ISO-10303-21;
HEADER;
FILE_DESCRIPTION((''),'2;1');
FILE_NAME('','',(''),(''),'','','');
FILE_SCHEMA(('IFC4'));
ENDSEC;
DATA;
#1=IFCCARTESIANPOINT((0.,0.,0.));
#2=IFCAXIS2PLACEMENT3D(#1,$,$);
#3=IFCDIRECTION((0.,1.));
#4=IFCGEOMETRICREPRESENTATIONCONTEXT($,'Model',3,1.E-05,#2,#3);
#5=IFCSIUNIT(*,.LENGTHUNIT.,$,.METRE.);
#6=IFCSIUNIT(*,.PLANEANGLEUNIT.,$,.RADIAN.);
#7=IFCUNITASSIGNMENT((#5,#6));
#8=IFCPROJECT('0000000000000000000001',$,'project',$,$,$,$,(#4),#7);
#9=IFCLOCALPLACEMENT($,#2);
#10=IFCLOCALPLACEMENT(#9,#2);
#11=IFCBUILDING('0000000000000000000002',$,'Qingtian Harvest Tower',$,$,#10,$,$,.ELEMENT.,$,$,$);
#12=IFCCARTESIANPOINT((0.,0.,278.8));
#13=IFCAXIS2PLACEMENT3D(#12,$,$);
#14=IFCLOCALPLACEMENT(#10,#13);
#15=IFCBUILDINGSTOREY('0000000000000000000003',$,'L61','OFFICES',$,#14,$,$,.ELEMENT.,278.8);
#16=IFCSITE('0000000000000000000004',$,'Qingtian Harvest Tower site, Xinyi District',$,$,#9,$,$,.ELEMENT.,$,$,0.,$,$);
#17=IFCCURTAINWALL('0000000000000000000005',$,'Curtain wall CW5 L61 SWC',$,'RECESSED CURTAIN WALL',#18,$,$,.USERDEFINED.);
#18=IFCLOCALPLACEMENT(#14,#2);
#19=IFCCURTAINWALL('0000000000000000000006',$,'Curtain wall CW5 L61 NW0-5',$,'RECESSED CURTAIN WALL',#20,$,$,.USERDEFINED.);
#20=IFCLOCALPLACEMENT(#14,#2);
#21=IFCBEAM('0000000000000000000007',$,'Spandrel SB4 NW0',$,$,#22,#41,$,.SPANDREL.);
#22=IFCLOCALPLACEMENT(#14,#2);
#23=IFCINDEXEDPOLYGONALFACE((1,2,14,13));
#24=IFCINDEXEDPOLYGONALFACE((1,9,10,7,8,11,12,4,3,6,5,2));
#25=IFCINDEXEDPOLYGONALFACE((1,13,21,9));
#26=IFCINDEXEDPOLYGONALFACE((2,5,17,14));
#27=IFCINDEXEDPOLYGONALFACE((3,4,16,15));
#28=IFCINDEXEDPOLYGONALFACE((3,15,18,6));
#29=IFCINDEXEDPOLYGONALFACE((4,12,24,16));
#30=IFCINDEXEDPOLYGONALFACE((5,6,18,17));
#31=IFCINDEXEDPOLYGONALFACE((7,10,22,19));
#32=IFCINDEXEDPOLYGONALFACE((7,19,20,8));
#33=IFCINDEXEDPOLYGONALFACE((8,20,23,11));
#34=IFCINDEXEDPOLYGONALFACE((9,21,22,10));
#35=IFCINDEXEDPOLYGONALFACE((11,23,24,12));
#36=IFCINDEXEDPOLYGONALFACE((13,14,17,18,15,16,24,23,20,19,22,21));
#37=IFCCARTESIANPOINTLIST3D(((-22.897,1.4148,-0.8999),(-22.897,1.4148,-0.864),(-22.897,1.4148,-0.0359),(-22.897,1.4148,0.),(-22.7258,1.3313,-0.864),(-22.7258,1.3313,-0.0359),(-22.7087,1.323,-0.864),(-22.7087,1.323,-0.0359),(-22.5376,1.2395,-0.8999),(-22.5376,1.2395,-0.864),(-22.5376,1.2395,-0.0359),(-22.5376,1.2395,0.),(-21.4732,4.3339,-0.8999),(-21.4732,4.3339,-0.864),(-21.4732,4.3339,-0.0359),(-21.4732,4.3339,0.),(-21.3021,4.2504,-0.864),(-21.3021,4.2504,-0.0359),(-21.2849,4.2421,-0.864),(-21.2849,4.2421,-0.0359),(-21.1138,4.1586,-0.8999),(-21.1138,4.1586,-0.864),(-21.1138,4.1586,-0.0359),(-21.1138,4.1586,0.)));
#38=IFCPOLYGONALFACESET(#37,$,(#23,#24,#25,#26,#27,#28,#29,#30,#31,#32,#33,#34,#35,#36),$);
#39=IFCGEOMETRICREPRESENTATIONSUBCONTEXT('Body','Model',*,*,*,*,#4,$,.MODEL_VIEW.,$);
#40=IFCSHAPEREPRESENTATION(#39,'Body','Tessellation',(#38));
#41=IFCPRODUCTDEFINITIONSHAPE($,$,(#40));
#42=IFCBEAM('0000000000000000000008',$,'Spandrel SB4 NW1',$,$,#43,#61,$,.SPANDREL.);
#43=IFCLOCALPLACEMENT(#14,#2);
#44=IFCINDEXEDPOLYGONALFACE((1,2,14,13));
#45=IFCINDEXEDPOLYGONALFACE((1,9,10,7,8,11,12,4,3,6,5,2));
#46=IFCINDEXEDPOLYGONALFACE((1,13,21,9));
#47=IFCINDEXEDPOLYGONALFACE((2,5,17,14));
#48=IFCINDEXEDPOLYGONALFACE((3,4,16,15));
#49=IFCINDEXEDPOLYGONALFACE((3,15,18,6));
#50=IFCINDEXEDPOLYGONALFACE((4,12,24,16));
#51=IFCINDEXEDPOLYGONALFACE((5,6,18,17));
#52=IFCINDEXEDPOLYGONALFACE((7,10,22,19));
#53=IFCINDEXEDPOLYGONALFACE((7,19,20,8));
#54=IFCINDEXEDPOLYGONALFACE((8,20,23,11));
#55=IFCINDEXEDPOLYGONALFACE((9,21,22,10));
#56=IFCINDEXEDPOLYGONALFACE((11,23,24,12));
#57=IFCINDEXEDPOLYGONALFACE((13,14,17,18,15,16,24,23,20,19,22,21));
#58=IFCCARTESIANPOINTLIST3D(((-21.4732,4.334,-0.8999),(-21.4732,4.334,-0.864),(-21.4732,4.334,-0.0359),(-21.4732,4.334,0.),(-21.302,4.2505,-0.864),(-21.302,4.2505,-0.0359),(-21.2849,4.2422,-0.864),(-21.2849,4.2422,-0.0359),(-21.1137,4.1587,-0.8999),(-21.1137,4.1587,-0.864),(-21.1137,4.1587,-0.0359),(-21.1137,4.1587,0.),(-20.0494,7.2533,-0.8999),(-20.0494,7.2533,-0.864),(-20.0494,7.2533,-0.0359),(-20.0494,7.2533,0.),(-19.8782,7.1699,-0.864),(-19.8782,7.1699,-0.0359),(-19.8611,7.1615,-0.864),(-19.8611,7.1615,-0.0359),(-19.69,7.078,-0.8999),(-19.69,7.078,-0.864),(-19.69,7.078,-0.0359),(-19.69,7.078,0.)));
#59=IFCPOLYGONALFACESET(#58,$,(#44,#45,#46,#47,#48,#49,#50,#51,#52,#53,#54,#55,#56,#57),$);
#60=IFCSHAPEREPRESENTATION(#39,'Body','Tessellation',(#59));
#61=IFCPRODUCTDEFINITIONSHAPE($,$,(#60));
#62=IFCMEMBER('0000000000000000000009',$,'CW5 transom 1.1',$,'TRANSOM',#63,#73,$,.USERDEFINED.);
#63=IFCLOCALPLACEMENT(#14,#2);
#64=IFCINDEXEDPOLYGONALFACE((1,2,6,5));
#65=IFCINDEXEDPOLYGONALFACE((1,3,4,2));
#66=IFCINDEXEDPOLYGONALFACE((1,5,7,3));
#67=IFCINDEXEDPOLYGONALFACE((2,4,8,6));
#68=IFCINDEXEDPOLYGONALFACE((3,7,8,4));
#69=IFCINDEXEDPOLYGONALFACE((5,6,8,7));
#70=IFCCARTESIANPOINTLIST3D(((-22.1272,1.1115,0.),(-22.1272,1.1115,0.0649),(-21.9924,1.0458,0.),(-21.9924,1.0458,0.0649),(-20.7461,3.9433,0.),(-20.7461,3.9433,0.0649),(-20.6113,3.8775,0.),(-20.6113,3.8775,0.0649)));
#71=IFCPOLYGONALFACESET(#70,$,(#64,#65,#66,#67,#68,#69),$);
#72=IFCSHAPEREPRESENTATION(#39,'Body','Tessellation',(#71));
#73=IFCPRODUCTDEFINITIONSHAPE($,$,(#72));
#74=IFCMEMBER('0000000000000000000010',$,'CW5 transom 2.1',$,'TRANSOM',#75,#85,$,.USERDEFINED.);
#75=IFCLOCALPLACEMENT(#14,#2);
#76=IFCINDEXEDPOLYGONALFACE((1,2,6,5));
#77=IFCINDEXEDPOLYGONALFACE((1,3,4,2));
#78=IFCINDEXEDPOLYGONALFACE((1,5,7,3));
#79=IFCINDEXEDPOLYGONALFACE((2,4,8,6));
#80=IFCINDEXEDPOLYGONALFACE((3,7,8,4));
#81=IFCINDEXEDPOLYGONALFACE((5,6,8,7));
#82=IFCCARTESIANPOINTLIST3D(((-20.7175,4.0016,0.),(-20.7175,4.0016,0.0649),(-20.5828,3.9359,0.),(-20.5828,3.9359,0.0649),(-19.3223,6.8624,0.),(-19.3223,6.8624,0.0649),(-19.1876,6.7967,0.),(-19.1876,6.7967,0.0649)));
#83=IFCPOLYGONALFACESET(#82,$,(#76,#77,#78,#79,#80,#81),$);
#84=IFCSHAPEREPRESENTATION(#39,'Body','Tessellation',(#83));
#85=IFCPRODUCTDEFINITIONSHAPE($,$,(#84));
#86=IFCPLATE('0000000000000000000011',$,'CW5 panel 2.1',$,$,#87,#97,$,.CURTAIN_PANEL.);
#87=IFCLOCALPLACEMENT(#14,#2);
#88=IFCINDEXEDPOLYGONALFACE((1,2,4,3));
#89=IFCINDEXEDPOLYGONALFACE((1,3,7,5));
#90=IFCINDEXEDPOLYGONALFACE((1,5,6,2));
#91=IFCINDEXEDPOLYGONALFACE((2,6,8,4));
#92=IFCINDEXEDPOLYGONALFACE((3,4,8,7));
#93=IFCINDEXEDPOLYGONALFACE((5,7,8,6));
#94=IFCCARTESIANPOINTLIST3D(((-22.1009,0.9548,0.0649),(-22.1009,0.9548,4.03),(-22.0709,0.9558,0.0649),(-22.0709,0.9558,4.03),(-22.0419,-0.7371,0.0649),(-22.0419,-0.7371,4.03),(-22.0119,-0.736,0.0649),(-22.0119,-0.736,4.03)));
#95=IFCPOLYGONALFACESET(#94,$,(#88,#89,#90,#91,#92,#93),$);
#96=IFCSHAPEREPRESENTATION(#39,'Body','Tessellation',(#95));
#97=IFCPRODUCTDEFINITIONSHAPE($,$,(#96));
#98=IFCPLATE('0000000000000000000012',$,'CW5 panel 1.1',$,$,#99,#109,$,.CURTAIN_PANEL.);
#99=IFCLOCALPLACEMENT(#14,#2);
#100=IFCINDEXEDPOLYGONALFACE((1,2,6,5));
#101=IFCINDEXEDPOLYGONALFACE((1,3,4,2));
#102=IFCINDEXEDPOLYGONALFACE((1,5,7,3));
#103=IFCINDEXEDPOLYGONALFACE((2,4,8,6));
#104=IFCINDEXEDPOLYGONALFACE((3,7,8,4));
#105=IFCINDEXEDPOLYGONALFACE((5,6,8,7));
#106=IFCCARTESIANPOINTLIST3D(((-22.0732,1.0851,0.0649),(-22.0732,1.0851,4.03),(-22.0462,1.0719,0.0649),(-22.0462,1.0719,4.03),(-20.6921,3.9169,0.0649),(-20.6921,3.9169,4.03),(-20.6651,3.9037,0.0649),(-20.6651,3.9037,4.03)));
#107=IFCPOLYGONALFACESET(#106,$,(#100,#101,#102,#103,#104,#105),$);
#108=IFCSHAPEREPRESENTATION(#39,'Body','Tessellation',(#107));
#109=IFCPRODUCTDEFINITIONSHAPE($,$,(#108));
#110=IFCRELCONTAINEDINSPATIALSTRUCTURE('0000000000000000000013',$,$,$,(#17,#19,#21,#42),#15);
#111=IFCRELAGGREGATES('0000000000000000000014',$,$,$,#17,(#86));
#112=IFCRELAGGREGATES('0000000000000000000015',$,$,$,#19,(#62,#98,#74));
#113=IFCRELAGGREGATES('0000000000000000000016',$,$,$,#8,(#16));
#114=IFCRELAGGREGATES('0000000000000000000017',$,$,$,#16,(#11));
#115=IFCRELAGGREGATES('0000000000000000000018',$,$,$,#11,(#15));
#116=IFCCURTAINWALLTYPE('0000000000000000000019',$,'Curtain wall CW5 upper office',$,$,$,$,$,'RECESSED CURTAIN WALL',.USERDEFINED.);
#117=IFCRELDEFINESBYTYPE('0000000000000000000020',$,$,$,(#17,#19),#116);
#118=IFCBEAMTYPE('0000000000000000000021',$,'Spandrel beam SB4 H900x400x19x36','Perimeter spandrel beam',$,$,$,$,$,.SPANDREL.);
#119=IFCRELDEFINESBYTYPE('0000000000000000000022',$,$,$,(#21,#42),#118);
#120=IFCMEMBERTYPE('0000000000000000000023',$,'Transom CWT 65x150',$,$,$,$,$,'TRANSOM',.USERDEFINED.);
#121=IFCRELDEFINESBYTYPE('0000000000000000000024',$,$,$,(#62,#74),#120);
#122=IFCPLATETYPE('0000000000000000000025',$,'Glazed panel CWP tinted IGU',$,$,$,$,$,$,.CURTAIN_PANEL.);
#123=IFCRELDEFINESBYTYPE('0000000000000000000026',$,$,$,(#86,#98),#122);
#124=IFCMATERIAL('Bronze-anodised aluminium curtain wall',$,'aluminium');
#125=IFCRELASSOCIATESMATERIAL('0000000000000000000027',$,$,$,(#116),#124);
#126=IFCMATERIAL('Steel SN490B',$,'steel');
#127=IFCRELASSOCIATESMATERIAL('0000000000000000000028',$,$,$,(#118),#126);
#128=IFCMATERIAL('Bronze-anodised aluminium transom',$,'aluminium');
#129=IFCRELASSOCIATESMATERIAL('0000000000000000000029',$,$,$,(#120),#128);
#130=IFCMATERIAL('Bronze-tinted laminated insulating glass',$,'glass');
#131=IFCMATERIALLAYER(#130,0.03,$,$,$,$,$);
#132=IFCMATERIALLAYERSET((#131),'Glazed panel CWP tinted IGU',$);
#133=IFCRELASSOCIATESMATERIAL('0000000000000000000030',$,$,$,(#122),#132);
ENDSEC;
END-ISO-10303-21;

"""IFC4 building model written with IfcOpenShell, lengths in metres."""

from ifc_helpers import new_model, si_unit, direction, frame, origin, origin_2d, place, context, subcontext, project, spatial, rectangle, i_section, extrude, material, layer, layer_set, material_profile, profile_set, type_object, element, aggregate, save


model = new_model("IFC4")

# Units and contexts
model_context = context("Model", 3, precision=1e-05, world=origin(), true_north=direction((0.0, 1.0)))
body_context = subcontext(model_context, "Body", "Model", "MODEL_VIEW")
ifc_project = project(units=[si_unit("LENGTHUNIT", "METRE"), si_unit("PLANEANGLEUNIT", "RADIAN")], contexts=[model_context])

# Site, building, storey
site_placement = place(None, origin())
site = spatial("IfcSite", under=ifc_project, at=site_placement, Name="Qingtian Harvest Tower site, Xinyi District", CompositionType="ELEMENT", RefElevation=0.0)
building_placement = place(site_placement, origin())
building = spatial("IfcBuilding", under=site, at=building_placement, Name="Qingtian Harvest Tower", CompositionType="ELEMENT")
storey_placement = place(building_placement, frame((0.0, 0.0, 278.8)))
storey = spatial("IfcBuildingStorey", under=building, at=storey_placement, Name="L61", Description="OFFICES", CompositionType="ELEMENT", Elevation=278.8)

# Curtain wall
ifc_material_1 = material(Name="Bronze-anodised aluminium curtain wall", Category="aluminium")
curtain_wall_type = type_object("IfcCurtainWallType", Name="Curtain wall CW5 upper office", ElementType="RECESSED CURTAIN WALL", PredefinedType="USERDEFINED", material=ifc_material_1)
curtain_wall_1_placement = place(storey_placement, origin())
curtain_wall_1 = element("IfcCurtainWall", 1, at=curtain_wall_1_placement, inside=storey, type_object=curtain_wall_type, Name="Curtain wall CW5 L61 SWC", ObjectType="RECESSED CURTAIN WALL", PredefinedType="USERDEFINED")

# Curtain wall
curtain_wall_2_placement = place(storey_placement, origin())
curtain_wall_2 = element("IfcCurtainWall", 2, at=curtain_wall_2_placement, inside=storey, type_object=curtain_wall_type, Name="Curtain wall CW5 L61 NW0-5", ObjectType="RECESSED CURTAIN WALL", PredefinedType="USERDEFINED")

# Beams
ifc_material_2 = material(Name="Steel SN490B", Category="steel")
ifc_material_profile_1 = material_profile(ifc_material_2, i_section(OverallWidth=0.3999, OverallDepth=0.8999, WebThickness=0.019, FlangeThickness=0.0359, at=origin_2d()), Name="H900x400x19x36")
ifc_profile_set_1 = profile_set([ifc_material_profile_1], Name="Steel SN490B")
beam_type_1 = type_object("IfcBeamType", Name="Spandrel beam SB4 H900x400x19x36", Description="Perimeter spandrel beam", PredefinedType="SPANDREL", material=ifc_profile_set_1)
beam_1_placement = place(storey_placement, frame((-22.7173, 1.3271, -0.45), z_axis=(0.438382, 0.898789, 0.0), x_axis=(-0.898789, 0.438382, 0.0)))
element("IfcBeam", 3, at=beam_1_placement, inside=storey, type_object=beam_type_1, Name="Spandrel SB4 NW0", PredefinedType="SPANDREL", context=body_context, shape_type="SweptSolid", body=[
    extrude(i_section(OverallWidth=0.3999, OverallDepth=0.8999, WebThickness=0.019, FlangeThickness=0.0359, at=origin_2d()), origin(), (0.0, 0.0, 1.0), 3.2478),
])
beam_2_placement = place(storey_placement, frame((-21.2935, 4.2463, -0.45), z_axis=(0.438353, 0.898803, 0.0), x_axis=(-0.898803, 0.438353, 0.0)))
element("IfcBeam", 4, at=beam_2_placement, inside=storey, type_object=beam_type_1, Name="Spandrel SB4 NW1", PredefinedType="SPANDREL", context=body_context, shape_type="SweptSolid", body=[
    extrude(i_section(OverallWidth=0.3999, OverallDepth=0.8999, WebThickness=0.019, FlangeThickness=0.0359, at=origin_2d()), origin(), (0.0, 0.0, 1.0), 3.248),
])

# Members
ifc_material_3 = material(Name="Bronze-anodised aluminium transom", Category="aluminium")
ifc_material_profile_2 = material_profile(ifc_material_3, rectangle(XDim=0.1499, YDim=0.0649, at=origin_2d()), Name="AL 65x150")
ifc_profile_set_2 = profile_set([ifc_material_profile_2], Name="Bronze-anodised aluminium transom")
member_type_1 = type_object("IfcMemberType", Name="Transom CWT 65x150", ElementType="TRANSOM", PredefinedType="USERDEFINED", material=ifc_profile_set_2)
member_1_placement = place(storey_placement, frame((-22.0598, 1.0786, 0.0325), z_axis=(0.438358, 0.8988, 0.0), x_axis=(-0.8988, 0.438358, 0.0)))
member_1 = element("IfcMember", 5, at=member_1_placement, type_object=member_type_1, Name="CW5 transom 1.1", ObjectType="TRANSOM", PredefinedType="USERDEFINED", context=body_context, shape_type="SweptSolid", body=[
    extrude(rectangle(XDim=0.1499, YDim=0.0649, at=origin_2d()), origin(), (0.0, 0.0, 1.0), 3.1506),
])
member_2_placement = place(storey_placement, frame((-20.6501, 3.9688, 0.0325), z_axis=(0.438356, 0.898802, 0.0), x_axis=(-0.898802, 0.438356, 0.0)))
member_2 = element("IfcMember", 6, at=member_2_placement, type_object=member_type_1, Name="CW5 transom 2.1", ObjectType="TRANSOM", PredefinedType="USERDEFINED", context=body_context, shape_type="SweptSolid", body=[
    extrude(rectangle(XDim=0.1499, YDim=0.0649, at=origin_2d()), origin(), (0.0, 0.0, 1.0), 3.1829),
])

# Plates
ifc_material_4 = material(Name="Bronze-tinted laminated insulating glass", Category="glass")
ifc_layer = layer(ifc_material_4, 0.03)
ifc_layer_set = layer_set([ifc_layer], Name="Glazed panel CWP tinted IGU")
plate_type = type_object("IfcPlateType", Name="Glazed panel CWP tinted IGU", PredefinedType="CURTAIN_PANEL", material=ifc_layer_set)
plate_1_placement = place(storey_placement, frame((-22.0564, 0.1094, 0.0649), z_axis=(0.0, 0.0, 1.0), x_axis=(-0.034899, 0.999391, 0.0)))
plate_1 = element("IfcPlate", 7, at=plate_1_placement, type_object=plate_type, Name="CW5 panel 2.1", PredefinedType="CURTAIN_PANEL", context=body_context, shape_type="SweptSolid", body=[
    extrude(rectangle(XDim=1.6929, YDim=0.03, at=origin_2d()), origin(), (0.0, 0.0, 1.0), 3.9651),
])
aggregate(curtain_wall_1, [plate_1])
plate_2_placement = place(storey_placement, frame((-21.3691, 2.4944, 0.0649), z_axis=(0.0, 0.0, 1.0), x_axis=(0.438371, 0.898794, 0.0)))
plate_2 = element("IfcPlate", 8, at=plate_2_placement, type_object=plate_type, Name="CW5 panel 1.1", PredefinedType="CURTAIN_PANEL", context=body_context, shape_type="SweptSolid", body=[
    extrude(rectangle(XDim=3.1506, YDim=0.03, at=origin_2d()), origin(), (0.0, 0.0, 1.0), 3.9651),
])
aggregate(curtain_wall_2, [member_1, plate_2, member_2])

save(model, "model.ifc")
